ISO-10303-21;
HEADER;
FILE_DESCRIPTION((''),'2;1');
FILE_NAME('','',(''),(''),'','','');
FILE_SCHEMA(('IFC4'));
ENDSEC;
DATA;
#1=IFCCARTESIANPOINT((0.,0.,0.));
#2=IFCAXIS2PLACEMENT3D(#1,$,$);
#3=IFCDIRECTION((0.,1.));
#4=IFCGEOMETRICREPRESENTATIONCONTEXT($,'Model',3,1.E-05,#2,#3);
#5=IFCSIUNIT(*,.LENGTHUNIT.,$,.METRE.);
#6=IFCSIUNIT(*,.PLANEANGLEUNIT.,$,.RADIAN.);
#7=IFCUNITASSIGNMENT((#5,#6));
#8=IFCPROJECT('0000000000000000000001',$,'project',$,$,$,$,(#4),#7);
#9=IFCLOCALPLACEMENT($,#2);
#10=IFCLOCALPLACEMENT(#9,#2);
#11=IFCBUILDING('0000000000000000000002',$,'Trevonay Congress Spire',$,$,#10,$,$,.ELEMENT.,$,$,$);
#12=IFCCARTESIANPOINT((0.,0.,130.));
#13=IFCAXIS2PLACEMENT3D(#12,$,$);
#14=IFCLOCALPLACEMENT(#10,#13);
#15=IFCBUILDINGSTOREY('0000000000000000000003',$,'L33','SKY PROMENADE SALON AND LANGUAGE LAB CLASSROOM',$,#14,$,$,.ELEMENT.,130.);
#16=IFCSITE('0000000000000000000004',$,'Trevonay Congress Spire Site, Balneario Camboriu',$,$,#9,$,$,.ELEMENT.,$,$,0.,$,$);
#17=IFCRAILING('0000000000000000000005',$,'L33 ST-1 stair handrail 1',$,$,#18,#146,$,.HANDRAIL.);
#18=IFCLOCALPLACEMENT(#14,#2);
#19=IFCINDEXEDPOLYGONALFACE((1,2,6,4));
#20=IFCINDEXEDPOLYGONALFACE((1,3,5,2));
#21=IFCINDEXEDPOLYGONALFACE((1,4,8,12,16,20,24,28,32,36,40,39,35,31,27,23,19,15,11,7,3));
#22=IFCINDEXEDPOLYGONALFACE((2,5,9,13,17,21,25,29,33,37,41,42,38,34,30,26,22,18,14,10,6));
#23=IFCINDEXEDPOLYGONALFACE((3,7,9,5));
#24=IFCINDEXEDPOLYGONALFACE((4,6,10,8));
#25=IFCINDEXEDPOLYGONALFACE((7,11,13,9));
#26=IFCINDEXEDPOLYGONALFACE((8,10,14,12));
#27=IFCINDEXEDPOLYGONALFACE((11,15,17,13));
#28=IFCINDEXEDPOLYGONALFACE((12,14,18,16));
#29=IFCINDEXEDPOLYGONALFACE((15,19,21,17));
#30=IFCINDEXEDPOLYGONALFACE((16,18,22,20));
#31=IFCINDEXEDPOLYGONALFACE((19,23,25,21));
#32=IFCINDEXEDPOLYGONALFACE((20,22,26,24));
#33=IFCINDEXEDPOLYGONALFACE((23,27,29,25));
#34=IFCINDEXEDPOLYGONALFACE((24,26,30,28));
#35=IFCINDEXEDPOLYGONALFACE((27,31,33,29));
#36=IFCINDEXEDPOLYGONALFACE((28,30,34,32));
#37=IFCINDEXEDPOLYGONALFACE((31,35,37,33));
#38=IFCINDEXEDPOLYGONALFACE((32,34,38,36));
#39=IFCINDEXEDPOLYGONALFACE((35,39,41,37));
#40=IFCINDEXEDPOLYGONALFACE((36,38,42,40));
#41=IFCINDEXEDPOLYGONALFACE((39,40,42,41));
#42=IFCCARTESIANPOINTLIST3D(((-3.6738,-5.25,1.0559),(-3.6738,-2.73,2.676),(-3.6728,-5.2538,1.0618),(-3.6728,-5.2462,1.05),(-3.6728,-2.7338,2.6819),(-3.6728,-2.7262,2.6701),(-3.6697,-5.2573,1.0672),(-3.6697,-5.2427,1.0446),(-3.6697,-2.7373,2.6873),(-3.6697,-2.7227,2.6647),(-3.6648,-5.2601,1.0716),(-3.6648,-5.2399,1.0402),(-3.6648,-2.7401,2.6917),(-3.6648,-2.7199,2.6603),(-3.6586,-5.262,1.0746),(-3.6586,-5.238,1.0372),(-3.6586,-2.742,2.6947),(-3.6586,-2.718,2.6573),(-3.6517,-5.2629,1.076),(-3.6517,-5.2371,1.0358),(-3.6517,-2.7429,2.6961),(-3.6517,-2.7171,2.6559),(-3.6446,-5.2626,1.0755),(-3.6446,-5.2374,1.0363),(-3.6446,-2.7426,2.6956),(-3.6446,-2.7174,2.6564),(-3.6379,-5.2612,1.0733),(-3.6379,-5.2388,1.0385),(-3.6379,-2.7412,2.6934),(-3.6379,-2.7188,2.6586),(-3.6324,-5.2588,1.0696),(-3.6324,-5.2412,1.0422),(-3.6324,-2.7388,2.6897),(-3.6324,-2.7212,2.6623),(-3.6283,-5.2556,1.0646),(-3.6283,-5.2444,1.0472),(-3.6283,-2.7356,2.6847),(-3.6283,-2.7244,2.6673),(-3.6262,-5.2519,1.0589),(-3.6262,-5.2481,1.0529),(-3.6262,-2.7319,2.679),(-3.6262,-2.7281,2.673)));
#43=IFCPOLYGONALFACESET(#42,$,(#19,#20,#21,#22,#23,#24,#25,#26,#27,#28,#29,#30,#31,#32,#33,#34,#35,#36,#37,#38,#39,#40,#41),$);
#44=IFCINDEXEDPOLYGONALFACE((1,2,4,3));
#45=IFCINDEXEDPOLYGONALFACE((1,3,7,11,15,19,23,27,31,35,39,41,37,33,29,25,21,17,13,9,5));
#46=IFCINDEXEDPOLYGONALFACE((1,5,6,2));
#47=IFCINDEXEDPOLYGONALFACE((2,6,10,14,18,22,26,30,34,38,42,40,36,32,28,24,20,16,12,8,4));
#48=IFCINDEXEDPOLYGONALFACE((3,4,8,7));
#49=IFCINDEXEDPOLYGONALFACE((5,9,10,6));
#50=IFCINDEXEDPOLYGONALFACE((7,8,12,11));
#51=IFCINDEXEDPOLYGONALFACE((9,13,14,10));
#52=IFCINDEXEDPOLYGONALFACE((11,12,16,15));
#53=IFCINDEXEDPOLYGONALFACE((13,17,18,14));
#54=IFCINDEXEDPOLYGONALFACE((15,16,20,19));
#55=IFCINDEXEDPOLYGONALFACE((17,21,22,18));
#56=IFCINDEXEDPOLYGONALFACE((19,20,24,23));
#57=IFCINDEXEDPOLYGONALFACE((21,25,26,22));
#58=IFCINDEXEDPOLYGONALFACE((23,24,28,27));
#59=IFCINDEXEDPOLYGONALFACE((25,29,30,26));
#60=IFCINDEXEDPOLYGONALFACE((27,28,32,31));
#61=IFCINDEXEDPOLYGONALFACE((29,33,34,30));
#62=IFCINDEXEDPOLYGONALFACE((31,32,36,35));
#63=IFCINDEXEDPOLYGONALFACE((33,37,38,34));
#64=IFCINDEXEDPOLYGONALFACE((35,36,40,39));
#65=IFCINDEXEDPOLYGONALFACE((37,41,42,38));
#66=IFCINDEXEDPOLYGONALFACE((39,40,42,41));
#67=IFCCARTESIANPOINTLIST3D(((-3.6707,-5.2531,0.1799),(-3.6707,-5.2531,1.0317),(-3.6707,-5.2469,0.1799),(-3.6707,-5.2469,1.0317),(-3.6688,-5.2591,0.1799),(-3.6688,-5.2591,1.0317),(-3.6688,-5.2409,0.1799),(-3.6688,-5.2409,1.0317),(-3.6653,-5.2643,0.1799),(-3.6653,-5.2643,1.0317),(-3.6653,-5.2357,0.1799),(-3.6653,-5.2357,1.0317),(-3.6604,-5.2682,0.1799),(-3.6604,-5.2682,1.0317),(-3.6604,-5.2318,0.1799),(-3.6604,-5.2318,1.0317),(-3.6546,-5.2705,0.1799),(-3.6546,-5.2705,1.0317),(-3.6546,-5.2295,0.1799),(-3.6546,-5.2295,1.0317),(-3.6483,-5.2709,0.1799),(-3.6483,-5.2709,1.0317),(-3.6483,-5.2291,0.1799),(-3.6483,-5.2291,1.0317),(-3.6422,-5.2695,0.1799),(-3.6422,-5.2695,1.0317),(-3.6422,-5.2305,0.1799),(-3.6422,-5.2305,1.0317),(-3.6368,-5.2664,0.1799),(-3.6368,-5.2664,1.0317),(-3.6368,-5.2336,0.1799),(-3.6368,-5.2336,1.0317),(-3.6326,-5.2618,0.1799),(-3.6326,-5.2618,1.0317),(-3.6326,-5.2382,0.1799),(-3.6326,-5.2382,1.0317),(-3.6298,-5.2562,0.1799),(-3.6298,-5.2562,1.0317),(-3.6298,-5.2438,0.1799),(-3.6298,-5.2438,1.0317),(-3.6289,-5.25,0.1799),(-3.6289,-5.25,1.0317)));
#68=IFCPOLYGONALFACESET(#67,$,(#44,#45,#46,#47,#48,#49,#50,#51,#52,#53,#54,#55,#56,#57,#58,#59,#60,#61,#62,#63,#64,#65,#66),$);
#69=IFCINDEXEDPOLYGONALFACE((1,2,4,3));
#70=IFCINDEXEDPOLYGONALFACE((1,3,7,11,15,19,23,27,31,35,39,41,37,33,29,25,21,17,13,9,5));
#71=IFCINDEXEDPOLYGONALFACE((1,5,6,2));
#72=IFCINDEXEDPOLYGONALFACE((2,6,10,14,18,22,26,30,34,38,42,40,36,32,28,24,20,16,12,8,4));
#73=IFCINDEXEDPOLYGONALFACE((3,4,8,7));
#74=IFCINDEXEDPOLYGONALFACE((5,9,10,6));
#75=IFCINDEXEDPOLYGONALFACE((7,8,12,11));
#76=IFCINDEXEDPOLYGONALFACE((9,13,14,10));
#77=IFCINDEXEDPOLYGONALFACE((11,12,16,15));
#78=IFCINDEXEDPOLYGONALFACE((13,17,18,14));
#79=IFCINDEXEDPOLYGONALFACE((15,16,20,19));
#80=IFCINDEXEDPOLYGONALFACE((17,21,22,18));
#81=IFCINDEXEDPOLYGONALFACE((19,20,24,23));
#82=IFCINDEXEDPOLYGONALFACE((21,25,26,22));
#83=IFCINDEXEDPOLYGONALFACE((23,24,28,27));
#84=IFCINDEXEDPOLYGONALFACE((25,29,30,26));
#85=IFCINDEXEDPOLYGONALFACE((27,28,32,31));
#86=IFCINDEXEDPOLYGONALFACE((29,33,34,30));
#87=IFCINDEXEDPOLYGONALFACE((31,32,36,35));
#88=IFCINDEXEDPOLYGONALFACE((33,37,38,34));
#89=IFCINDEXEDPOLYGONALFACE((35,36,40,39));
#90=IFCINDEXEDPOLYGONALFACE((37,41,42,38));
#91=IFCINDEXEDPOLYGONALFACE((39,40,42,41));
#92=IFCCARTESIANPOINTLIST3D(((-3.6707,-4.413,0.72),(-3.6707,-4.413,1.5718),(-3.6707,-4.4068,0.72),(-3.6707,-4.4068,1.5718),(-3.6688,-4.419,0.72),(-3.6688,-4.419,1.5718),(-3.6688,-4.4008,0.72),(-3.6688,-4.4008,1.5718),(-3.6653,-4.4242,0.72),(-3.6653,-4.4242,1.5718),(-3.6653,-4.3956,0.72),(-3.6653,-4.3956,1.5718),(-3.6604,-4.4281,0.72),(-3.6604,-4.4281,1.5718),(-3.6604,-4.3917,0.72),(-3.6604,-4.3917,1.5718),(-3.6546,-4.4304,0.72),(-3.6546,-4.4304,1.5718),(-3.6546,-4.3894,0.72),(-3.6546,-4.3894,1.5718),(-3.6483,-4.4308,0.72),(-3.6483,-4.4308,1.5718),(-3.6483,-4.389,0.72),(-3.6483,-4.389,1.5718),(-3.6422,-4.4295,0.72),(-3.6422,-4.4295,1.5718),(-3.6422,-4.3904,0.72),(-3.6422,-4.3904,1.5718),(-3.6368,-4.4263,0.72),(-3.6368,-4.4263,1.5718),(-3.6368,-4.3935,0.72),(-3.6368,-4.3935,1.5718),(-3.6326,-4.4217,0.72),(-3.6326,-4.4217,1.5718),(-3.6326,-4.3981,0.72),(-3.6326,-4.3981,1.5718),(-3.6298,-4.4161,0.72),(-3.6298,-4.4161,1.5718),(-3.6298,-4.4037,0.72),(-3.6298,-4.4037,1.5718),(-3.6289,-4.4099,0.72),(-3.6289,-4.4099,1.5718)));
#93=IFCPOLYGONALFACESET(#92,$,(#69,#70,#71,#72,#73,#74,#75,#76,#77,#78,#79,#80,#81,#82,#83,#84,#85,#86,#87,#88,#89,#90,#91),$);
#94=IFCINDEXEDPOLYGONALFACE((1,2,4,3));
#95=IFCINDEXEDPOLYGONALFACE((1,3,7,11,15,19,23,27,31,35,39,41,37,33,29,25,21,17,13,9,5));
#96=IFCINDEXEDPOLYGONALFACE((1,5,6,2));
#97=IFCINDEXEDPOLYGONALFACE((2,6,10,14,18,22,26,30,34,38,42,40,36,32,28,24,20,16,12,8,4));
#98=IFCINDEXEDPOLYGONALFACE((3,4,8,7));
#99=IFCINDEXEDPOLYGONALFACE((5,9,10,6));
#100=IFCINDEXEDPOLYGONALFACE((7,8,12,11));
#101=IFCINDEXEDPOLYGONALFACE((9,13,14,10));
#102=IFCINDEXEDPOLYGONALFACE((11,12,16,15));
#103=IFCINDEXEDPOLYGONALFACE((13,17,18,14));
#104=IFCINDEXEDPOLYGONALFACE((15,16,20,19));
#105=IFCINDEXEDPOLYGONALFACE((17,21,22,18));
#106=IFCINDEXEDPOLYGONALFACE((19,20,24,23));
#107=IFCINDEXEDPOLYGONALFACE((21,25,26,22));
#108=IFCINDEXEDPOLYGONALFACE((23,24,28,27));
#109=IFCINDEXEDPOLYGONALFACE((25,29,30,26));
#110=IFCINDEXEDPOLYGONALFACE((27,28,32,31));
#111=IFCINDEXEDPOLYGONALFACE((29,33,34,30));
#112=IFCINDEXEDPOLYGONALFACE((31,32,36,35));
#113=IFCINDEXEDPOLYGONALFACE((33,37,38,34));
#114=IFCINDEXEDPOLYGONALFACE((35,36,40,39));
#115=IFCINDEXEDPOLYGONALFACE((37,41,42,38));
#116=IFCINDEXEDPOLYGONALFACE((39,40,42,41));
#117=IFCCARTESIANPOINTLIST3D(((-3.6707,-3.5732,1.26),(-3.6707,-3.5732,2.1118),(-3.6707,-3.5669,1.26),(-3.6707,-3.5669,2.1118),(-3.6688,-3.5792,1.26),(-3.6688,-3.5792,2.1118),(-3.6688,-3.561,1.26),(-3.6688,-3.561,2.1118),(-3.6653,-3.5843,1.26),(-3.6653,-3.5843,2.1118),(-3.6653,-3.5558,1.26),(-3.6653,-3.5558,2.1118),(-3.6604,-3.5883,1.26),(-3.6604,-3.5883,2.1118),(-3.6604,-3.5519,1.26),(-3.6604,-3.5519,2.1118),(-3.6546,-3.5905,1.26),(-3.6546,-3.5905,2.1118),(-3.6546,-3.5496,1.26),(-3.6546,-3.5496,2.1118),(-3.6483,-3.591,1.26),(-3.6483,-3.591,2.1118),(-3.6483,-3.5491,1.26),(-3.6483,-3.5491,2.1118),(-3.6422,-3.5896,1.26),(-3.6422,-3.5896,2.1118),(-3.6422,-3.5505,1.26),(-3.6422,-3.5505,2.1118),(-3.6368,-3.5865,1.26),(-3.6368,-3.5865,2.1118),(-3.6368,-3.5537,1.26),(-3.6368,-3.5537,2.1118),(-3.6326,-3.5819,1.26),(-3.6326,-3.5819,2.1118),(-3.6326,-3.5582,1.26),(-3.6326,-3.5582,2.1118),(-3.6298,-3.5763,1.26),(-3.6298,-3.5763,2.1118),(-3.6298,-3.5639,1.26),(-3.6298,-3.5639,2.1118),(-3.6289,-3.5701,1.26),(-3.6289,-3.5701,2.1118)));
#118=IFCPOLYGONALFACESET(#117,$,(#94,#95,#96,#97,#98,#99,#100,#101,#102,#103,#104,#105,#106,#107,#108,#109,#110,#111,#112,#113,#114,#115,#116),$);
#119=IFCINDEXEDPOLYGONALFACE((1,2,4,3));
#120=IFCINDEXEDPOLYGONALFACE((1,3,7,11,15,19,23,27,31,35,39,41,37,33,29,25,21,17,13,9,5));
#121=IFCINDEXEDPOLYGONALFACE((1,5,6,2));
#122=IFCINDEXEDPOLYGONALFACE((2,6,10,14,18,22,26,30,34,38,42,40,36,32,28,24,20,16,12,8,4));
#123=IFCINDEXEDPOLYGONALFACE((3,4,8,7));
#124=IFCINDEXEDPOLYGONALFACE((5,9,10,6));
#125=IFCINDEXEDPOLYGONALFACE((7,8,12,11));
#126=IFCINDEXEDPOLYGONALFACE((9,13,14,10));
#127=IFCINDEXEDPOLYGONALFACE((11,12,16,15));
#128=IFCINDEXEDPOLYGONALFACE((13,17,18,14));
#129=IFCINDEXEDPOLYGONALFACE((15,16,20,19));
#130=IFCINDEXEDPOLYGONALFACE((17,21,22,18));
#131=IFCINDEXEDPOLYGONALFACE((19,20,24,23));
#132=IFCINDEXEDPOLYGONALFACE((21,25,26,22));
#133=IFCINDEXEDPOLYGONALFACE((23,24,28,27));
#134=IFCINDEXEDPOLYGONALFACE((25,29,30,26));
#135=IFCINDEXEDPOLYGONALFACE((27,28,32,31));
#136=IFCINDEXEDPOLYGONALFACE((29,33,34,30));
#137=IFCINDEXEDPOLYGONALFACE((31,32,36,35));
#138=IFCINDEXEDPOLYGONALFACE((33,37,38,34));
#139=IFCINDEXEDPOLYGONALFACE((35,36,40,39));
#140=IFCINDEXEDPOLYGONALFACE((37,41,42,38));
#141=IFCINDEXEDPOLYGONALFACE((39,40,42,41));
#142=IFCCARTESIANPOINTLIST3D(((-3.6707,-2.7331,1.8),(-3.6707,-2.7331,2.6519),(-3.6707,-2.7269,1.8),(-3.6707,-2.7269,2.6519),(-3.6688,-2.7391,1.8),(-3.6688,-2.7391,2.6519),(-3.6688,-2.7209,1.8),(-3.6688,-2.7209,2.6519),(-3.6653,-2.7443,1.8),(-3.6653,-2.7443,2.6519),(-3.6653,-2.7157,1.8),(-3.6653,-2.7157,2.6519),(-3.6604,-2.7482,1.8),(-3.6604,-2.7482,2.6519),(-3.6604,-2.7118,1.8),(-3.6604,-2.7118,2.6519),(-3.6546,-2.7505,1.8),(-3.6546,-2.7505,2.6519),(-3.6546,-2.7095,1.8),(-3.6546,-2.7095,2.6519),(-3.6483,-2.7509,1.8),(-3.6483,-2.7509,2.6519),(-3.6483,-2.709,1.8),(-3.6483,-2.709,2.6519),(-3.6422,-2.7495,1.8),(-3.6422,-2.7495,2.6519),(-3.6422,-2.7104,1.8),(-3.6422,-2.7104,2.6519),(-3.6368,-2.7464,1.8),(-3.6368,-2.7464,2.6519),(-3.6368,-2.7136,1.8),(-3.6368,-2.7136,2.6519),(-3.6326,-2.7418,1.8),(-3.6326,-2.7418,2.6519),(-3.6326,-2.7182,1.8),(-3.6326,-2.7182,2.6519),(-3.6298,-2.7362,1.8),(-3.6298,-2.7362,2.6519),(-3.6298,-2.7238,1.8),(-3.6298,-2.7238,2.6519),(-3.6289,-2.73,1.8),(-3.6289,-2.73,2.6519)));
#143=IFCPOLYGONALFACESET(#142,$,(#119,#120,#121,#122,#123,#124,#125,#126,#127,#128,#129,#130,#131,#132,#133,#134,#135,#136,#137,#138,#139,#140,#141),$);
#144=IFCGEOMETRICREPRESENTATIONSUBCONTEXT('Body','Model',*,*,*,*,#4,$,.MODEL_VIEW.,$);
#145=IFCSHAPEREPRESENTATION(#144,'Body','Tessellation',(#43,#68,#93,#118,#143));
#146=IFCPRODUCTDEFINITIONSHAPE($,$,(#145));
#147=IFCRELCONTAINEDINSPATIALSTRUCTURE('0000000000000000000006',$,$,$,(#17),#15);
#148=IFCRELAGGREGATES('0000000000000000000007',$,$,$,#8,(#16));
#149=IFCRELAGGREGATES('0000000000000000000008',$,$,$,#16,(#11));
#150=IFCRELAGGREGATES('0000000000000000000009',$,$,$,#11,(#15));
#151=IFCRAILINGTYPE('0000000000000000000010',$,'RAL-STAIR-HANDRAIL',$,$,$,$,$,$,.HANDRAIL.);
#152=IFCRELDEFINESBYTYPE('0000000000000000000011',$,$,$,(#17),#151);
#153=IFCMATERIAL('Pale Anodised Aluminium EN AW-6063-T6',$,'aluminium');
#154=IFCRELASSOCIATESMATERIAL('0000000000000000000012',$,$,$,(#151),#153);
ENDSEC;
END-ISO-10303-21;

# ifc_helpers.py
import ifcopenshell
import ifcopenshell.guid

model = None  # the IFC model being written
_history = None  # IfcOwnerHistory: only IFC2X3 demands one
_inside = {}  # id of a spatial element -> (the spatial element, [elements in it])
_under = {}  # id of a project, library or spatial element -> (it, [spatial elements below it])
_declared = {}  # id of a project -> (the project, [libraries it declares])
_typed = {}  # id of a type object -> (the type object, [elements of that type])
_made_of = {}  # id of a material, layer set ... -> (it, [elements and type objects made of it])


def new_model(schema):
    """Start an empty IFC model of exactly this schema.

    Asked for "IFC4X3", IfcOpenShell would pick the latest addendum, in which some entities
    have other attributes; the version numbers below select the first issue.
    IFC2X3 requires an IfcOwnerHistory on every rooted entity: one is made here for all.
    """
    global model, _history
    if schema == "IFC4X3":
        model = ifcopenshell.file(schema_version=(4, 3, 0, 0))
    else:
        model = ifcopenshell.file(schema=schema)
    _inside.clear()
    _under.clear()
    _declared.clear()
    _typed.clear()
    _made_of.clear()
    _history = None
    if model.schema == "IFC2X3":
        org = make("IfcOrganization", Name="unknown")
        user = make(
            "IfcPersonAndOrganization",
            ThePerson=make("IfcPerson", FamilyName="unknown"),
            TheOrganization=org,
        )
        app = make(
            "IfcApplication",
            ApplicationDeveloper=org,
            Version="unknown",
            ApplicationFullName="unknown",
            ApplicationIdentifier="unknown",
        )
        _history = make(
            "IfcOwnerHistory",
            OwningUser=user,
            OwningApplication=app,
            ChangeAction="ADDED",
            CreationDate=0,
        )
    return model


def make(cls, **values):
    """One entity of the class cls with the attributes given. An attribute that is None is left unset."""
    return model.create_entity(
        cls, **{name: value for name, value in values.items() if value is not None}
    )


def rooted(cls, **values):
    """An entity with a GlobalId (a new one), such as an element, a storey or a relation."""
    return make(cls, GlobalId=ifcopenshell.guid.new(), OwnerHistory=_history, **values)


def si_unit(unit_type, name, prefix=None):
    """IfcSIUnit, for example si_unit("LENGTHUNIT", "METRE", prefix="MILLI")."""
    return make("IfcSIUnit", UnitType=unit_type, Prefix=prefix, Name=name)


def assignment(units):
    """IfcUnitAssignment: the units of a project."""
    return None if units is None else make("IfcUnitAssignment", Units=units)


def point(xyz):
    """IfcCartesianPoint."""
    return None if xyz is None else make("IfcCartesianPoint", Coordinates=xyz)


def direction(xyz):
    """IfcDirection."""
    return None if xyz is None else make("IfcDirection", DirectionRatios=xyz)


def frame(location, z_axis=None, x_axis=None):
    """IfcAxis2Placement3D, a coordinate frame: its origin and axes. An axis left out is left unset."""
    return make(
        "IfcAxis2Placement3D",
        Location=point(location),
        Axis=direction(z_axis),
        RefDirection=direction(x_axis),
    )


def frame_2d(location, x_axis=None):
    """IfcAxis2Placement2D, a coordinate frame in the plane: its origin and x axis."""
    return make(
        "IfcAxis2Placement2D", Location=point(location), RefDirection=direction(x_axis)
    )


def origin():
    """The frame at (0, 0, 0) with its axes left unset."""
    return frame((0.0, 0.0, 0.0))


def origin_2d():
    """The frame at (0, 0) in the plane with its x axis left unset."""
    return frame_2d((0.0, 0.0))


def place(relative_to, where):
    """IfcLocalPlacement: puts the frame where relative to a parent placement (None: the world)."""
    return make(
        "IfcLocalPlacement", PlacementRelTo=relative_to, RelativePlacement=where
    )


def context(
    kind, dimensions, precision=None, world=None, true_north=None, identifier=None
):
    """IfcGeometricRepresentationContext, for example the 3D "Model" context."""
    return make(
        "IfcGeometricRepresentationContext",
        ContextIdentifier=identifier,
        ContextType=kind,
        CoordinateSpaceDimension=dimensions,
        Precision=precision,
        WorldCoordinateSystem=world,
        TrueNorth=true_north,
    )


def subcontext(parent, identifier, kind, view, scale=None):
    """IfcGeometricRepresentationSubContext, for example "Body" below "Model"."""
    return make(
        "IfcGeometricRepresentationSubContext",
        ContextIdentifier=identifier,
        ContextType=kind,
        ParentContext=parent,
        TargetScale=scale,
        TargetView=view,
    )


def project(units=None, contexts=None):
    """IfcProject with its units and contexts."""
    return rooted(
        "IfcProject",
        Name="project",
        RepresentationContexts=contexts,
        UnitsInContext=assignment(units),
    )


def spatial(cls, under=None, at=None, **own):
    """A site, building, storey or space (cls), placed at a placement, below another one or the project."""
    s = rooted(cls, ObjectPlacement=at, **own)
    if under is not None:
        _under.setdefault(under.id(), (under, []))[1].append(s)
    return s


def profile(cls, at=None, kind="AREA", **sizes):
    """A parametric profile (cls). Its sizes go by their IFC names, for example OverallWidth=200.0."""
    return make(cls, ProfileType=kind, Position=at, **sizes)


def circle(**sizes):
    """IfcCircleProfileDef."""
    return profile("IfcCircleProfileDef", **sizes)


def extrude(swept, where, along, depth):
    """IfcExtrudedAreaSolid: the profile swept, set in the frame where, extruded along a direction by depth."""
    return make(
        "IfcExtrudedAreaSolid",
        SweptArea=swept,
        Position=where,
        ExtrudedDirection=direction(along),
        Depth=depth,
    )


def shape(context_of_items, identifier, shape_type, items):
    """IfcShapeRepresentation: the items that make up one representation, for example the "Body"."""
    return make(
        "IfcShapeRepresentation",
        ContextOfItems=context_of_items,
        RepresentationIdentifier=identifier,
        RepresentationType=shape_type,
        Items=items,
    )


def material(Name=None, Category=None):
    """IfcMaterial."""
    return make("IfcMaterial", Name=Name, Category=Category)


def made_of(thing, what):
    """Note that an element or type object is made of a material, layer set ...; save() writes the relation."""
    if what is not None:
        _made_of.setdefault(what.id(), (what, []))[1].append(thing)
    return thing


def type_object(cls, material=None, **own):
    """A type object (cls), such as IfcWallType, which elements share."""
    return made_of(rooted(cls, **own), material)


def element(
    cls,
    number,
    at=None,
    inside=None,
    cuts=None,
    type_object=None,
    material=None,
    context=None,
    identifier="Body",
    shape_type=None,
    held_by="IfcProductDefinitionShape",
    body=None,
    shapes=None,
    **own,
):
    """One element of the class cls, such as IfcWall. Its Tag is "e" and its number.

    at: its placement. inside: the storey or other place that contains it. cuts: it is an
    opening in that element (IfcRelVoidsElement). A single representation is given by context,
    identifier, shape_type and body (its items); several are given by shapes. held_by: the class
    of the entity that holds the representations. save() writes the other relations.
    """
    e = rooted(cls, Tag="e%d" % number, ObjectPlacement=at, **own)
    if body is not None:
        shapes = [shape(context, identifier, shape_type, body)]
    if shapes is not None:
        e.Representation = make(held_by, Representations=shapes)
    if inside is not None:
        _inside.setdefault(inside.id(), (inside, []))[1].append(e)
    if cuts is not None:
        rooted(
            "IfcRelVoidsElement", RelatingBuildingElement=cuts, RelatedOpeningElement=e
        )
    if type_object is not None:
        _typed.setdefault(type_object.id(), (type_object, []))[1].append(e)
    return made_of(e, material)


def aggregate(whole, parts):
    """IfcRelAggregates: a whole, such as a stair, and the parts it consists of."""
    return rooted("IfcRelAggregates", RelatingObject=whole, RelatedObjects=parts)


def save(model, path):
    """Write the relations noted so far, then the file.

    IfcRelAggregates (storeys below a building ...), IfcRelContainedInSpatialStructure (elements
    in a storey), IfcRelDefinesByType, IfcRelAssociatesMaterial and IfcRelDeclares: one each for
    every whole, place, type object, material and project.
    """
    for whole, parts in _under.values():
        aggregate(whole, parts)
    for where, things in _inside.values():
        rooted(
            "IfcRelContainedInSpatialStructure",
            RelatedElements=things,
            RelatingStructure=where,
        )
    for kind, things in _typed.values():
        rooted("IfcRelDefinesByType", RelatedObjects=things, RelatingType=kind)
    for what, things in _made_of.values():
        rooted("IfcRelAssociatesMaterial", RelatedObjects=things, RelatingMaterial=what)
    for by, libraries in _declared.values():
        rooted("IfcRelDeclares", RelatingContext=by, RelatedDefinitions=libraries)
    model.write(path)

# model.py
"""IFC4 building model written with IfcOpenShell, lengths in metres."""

from ifc_helpers import new_model, si_unit, direction, frame, origin, origin_2d, place, context, subcontext, project, spatial, circle, extrude, material, type_object, element, save


model = new_model("IFC4")

# Units and contexts
model_context = context("Model", 3, precision=1e-05, world=origin(), true_north=direction((0.0, 1.0)))
body_context = subcontext(model_context, "Body", "Model", "MODEL_VIEW")
ifc_project = project(units=[si_unit("LENGTHUNIT", "METRE"), si_unit("PLANEANGLEUNIT", "RADIAN")], contexts=[model_context])

# Site, building, storey
site_placement = place(None, origin())
site = spatial("IfcSite", under=ifc_project, at=site_placement, Name="Trevonay Congress Spire Site, Balneario Camboriu", CompositionType="ELEMENT", RefElevation=0.0)
building_placement = place(site_placement, origin())
building = spatial("IfcBuilding", under=site, at=building_placement, Name="Trevonay Congress Spire", CompositionType="ELEMENT")
storey_placement = place(building_placement, frame((0.0, 0.0, 130.0)))
storey = spatial("IfcBuildingStorey", under=building, at=storey_placement, Name="L33", Description="SKY PROMENADE SALON AND LANGUAGE LAB CLASSROOM", CompositionType="ELEMENT", Elevation=130.0)

# Shared definitions
ifc_material_1 = material(Name="Pale Anodised Aluminium EN AW-6063-T6", Category="aluminium")

# Railing
railing_type_1 = type_object("IfcRailingType", Name="RAL-STAIR-HANDRAIL", PredefinedType="HANDRAIL", material=ifc_material_1)
railing_1_placement = place(storey_placement, frame((-3.6499, -5.25, 0.1799)))
element("IfcRailing", 1, at=railing_1_placement, inside=storey, type_object=railing_type_1, Name="L33 ST-1 stair handrail 1", PredefinedType="HANDRAIL", context=body_context, shape_type="SweptSolid", body=[
    extrude(circle(Radius=0.0239, at=origin_2d()), frame((0.0, 0.0, 0.876), z_axis=(0.0, 0.841163, 0.540782), x_axis=(-1.0, 0.0, 0.0)), (0.0, 0.0, 1.0), 2.9958),
    extrude(circle(Radius=0.021, at=origin_2d()), origin(), (0.0, 0.0, 1.0), 0.8518),
    extrude(circle(Radius=0.021, at=origin_2d()), frame((0.0, 0.8401, 0.54)), (0.0, 0.0, 1.0), 0.8518),
    extrude(circle(Radius=0.021, at=origin_2d()), frame((0.0, 1.6799, 1.0801)), (0.0, 0.0, 1.0), 0.8518),
    extrude(circle(Radius=0.021, at=origin_2d()), frame((0.0, 2.52, 1.6201)), (0.0, 0.0, 1.0), 0.8518),
])

save(model, "model.ifc")
